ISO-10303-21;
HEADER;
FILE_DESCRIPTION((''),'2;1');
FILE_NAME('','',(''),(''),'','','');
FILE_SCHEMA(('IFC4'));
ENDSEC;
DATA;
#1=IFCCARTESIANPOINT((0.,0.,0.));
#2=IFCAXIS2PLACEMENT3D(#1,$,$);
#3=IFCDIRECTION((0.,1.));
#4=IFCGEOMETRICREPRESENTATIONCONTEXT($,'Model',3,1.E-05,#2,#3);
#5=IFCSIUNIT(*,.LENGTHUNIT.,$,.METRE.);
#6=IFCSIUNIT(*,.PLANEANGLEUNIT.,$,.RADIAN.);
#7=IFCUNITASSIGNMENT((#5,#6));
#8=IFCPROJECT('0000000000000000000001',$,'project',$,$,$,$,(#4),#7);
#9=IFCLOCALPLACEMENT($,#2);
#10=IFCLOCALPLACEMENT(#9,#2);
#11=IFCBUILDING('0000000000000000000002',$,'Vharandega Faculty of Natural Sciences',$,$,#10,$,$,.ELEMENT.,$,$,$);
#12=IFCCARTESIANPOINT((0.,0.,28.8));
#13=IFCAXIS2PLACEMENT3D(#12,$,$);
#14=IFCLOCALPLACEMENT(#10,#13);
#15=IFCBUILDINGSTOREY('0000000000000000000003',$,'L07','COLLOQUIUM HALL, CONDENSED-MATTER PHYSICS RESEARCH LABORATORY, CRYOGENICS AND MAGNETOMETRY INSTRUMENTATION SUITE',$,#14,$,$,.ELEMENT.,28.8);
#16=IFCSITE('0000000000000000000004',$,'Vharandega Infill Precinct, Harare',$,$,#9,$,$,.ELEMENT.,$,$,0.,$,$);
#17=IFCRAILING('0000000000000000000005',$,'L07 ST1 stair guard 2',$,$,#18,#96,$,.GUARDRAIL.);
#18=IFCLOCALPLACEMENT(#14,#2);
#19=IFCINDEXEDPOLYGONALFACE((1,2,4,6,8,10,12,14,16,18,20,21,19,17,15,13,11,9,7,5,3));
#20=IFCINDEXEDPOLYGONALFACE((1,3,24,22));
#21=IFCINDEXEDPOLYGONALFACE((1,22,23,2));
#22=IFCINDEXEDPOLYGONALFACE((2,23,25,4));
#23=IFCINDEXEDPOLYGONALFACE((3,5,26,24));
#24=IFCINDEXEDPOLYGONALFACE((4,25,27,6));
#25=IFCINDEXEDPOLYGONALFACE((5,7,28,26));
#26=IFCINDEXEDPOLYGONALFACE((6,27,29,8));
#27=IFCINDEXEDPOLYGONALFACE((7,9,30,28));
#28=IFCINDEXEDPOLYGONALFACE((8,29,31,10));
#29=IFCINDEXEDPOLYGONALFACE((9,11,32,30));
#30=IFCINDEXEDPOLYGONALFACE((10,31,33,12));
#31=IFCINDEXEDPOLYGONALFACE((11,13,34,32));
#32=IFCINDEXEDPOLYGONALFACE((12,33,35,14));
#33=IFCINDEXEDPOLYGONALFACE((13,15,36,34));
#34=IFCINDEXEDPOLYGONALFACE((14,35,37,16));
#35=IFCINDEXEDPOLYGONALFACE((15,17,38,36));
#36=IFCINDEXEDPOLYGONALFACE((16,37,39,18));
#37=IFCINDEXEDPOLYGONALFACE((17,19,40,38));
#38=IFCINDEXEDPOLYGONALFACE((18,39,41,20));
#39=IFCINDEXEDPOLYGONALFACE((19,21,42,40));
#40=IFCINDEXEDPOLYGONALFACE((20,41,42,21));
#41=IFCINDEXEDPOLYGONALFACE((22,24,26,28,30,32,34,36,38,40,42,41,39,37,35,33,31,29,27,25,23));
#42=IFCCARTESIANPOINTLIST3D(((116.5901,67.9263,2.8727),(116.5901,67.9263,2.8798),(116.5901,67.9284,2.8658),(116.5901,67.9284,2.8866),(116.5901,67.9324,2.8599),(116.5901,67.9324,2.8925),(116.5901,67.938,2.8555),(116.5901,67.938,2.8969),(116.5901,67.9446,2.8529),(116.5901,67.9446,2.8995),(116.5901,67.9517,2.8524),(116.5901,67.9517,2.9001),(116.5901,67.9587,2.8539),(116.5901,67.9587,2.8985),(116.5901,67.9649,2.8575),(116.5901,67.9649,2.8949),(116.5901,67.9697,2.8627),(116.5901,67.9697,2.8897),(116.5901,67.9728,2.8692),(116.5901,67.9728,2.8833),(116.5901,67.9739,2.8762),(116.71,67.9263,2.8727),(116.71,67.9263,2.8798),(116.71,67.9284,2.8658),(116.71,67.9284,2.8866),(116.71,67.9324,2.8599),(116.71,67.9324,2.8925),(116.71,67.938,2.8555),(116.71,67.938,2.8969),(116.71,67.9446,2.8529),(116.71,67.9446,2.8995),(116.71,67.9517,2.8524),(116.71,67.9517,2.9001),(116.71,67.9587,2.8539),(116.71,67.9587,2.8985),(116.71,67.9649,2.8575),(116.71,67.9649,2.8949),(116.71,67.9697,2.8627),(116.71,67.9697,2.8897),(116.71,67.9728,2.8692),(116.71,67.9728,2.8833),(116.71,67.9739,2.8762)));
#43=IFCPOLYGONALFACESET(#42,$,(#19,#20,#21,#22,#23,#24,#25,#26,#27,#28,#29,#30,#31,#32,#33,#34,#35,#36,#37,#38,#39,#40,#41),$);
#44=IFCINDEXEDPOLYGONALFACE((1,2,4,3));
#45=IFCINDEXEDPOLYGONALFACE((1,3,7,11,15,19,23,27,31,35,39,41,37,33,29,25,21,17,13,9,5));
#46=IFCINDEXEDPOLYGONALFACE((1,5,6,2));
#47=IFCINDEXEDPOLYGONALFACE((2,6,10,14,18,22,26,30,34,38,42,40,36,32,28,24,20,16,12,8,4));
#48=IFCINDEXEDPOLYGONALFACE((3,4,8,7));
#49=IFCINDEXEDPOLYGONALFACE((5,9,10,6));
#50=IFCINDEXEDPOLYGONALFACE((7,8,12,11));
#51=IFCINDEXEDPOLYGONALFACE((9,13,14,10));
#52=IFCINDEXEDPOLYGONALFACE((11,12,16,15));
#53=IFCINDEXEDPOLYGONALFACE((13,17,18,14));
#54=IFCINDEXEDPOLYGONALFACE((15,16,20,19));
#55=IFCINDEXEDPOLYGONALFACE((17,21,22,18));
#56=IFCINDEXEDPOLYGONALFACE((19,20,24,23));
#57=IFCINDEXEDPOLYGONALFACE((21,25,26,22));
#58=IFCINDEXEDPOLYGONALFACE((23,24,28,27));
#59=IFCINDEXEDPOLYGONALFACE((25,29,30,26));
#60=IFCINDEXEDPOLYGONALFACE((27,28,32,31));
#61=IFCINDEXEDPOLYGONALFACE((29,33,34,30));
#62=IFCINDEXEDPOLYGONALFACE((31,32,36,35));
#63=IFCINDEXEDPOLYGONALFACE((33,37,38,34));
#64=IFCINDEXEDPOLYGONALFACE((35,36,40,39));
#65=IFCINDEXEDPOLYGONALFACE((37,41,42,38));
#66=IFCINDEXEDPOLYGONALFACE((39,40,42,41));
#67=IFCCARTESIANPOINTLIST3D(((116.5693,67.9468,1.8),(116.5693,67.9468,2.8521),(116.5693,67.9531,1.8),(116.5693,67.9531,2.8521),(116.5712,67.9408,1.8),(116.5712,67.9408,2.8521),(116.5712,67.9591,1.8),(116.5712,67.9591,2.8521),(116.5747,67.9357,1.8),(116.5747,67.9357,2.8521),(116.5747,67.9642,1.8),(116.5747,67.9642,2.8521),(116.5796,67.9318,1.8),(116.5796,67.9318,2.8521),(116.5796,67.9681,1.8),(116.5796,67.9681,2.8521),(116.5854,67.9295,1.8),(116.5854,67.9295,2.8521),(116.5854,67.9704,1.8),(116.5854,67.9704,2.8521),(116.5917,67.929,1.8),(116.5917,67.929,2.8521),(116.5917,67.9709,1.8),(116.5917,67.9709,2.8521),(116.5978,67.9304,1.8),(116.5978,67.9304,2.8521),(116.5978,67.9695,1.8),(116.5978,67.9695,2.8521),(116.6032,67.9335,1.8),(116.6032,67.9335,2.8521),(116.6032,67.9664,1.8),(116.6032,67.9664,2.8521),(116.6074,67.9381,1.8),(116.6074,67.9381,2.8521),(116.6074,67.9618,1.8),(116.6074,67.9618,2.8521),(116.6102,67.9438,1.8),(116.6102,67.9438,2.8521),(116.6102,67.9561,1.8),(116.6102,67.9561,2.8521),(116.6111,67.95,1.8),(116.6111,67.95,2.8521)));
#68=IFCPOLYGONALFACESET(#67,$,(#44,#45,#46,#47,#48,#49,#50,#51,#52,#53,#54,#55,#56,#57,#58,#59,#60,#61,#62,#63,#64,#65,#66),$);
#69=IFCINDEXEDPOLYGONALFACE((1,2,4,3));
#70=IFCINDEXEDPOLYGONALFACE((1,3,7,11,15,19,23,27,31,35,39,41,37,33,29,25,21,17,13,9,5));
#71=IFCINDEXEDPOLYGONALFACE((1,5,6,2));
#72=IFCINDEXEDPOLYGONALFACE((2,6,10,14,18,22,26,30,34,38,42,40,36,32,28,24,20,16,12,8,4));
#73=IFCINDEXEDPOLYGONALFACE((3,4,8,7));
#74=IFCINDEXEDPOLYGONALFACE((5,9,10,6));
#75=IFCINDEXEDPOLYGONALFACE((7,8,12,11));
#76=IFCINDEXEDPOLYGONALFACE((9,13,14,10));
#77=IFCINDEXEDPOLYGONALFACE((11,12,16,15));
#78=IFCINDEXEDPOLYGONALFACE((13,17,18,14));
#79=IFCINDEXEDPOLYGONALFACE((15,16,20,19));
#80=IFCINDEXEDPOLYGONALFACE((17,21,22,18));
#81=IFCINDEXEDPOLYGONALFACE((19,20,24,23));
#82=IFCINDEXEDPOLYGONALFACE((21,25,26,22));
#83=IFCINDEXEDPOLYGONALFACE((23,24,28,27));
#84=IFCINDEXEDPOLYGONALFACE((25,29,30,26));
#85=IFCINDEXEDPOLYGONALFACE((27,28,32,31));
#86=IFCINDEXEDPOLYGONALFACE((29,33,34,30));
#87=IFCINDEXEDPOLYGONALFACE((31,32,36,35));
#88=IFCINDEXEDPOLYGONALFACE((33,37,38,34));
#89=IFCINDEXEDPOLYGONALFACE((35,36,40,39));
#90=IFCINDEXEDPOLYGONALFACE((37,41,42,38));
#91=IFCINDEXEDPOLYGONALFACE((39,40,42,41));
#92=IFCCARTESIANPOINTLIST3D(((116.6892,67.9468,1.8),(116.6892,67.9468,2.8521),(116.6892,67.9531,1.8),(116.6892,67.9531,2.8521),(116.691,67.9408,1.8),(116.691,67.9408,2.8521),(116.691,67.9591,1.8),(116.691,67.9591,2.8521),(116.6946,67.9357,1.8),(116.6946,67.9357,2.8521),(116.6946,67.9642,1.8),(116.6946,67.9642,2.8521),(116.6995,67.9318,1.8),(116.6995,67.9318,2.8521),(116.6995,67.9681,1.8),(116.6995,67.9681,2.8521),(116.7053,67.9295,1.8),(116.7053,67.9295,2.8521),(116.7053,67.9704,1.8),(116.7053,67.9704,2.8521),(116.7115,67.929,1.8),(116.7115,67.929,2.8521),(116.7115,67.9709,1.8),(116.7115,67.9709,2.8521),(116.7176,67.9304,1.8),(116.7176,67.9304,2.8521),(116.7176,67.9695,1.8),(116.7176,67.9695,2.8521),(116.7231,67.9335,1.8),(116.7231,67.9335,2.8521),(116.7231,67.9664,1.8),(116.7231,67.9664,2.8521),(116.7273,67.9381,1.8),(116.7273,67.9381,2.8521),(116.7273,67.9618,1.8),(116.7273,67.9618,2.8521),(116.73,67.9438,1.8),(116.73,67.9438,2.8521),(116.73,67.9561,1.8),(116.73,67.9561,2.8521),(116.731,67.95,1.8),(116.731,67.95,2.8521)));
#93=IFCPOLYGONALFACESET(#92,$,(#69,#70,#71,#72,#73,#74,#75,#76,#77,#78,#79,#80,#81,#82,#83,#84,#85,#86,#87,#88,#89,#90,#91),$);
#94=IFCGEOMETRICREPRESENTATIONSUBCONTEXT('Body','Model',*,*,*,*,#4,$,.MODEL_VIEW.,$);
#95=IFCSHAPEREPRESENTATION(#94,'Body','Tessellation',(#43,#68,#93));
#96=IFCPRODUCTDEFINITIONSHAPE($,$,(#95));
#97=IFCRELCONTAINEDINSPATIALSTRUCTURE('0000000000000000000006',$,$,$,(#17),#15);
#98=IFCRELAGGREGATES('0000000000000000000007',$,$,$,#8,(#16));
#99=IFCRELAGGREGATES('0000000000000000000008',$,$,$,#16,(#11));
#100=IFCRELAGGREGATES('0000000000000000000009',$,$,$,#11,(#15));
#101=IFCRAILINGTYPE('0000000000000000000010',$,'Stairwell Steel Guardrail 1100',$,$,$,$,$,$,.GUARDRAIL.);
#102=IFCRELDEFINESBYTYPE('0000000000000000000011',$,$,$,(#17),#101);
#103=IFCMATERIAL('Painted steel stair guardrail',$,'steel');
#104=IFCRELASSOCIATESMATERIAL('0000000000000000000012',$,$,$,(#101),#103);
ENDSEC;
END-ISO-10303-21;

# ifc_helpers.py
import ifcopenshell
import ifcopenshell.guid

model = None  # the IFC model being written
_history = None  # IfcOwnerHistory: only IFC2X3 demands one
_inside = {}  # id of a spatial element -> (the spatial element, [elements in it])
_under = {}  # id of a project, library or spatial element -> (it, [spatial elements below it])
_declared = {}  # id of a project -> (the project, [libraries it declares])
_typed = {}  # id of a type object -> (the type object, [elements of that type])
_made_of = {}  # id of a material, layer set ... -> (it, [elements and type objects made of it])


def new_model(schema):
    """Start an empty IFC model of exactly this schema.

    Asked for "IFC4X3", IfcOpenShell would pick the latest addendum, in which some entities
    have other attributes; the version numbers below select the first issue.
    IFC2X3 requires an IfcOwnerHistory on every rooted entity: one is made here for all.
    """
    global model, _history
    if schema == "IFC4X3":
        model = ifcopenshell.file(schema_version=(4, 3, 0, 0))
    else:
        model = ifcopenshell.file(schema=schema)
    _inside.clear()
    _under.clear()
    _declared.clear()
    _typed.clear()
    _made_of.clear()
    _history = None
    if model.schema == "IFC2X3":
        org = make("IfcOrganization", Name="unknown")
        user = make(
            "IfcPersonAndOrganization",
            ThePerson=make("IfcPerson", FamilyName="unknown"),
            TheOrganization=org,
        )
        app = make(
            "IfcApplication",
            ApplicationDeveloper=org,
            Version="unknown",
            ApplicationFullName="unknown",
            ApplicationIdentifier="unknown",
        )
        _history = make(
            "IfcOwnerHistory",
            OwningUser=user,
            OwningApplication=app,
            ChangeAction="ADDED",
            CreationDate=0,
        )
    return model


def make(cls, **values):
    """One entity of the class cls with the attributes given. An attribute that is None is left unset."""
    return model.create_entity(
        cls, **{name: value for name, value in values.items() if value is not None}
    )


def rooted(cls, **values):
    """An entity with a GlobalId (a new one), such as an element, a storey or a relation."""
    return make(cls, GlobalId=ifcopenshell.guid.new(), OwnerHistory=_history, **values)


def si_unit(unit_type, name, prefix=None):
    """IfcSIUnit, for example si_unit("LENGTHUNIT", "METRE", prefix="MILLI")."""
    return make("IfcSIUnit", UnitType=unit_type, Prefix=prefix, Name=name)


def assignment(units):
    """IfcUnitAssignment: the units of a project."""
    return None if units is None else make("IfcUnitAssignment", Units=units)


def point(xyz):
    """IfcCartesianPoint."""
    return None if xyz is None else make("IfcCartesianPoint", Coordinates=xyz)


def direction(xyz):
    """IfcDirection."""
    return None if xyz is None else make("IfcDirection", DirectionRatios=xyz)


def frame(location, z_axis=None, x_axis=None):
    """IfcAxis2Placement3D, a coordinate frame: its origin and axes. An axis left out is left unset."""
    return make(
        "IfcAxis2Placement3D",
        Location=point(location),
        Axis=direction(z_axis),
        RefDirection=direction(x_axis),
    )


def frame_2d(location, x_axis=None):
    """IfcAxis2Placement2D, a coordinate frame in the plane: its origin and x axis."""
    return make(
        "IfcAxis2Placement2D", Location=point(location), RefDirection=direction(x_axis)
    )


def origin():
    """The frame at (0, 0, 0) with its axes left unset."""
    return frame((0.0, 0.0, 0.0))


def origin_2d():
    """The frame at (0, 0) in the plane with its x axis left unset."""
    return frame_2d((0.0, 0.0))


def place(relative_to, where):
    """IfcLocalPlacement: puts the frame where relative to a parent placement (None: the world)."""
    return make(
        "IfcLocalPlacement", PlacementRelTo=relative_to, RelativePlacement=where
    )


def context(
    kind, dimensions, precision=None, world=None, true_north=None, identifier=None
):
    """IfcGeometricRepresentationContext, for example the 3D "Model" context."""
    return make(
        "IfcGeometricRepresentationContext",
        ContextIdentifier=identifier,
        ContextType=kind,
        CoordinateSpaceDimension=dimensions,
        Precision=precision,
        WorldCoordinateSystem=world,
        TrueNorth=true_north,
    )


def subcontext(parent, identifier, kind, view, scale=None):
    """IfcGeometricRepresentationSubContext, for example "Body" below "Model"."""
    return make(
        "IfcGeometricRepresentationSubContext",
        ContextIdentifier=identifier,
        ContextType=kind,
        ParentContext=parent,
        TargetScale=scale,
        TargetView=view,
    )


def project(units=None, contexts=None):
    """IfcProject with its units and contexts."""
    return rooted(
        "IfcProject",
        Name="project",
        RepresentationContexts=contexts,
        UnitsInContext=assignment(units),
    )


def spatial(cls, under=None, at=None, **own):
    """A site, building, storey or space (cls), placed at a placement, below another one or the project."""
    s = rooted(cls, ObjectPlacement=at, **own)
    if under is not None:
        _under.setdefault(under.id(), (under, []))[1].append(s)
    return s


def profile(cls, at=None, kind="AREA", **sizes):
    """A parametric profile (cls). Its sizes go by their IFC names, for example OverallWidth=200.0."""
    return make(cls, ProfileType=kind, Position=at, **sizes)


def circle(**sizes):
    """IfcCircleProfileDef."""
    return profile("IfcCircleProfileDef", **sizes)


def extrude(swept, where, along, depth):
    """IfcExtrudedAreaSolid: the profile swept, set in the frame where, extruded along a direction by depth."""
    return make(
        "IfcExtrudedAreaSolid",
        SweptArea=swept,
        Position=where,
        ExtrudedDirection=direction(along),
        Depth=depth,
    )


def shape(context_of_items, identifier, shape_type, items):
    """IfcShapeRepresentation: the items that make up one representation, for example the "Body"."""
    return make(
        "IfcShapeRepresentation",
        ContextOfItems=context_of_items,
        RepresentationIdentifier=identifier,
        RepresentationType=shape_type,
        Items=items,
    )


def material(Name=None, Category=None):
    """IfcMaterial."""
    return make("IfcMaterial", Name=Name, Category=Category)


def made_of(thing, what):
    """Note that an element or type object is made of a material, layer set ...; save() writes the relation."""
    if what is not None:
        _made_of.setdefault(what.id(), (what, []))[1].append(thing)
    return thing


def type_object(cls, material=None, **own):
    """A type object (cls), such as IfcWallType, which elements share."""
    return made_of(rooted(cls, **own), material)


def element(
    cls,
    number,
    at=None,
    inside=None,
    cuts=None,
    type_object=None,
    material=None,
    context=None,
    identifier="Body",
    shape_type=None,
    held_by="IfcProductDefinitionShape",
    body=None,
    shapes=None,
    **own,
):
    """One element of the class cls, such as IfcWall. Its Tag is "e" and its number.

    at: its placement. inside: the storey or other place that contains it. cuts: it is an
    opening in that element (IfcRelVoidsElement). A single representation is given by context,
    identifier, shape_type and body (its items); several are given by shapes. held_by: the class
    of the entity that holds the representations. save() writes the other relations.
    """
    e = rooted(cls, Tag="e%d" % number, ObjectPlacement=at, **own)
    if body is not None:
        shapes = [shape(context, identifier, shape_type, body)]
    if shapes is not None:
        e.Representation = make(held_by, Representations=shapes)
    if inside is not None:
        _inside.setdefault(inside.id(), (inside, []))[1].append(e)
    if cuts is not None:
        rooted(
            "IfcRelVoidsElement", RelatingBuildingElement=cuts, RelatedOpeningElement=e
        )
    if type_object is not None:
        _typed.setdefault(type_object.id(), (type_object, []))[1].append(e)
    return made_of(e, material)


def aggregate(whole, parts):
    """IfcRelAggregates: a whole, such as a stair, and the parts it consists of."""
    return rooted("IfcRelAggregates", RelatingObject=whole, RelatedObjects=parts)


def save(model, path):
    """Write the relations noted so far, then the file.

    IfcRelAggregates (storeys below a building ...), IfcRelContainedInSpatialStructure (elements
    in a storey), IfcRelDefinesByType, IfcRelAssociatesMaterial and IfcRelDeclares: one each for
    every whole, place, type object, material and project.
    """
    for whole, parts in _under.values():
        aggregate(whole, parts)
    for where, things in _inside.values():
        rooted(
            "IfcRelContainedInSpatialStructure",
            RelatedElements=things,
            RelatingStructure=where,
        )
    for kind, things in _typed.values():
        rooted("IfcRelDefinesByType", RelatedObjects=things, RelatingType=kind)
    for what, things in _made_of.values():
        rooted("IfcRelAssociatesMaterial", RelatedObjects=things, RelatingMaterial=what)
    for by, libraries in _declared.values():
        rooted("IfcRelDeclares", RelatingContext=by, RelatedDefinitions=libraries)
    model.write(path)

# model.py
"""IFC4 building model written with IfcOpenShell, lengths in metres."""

from ifc_helpers import new_model, si_unit, direction, frame, origin, origin_2d, place, context, subcontext, project, spatial, circle, extrude, material, type_object, element, save


model = new_model("IFC4")

# Units and contexts
model_context = context("Model", 3, precision=1e-05, world=origin(), true_north=direction((0.0, 1.0)))
body_context = subcontext(model_context, "Body", "Model", "MODEL_VIEW")
ifc_project = project(units=[si_unit("LENGTHUNIT", "METRE"), si_unit("PLANEANGLEUNIT", "RADIAN")], contexts=[model_context])

# Site, building, storey
site_placement = place(None, origin())
site = spatial("IfcSite", under=ifc_project, at=site_placement, Name="Vharandega Infill Precinct, Harare", CompositionType="ELEMENT", RefElevation=0.0)
building_placement = place(site_placement, origin())
building = spatial("IfcBuilding", under=site, at=building_placement, Name="Vharandega Faculty of Natural Sciences", CompositionType="ELEMENT")
storey_placement = place(building_placement, frame((0.0, 0.0, 28.8)))
storey = spatial("IfcBuildingStorey", under=building, at=storey_placement, Name="L07", Description="COLLOQUIUM HALL, CONDENSED-MATTER PHYSICS RESEARCH LABORATORY, CRYOGENICS AND MAGNETOMETRY INSTRUMENTATION SUITE", CompositionType="ELEMENT", Elevation=28.8)

# Railing
ifc_material_1 = material(Name="Painted steel stair guardrail", Category="steel")
railing_type_1 = type_object("IfcRailingType", Name="Stairwell Steel Guardrail 1100", PredefinedType="GUARDRAIL", material=ifc_material_1)
railing_1_placement = place(storey_placement, frame((116.5901, 67.95, 1.8)))
element("IfcRailing", 1, at=railing_1_placement, inside=storey, type_object=railing_type_1, Name="L07 ST1 stair guard 2", PredefinedType="GUARDRAIL", context=body_context, shape_type="SweptSolid", body=[
    extrude(circle(Radius=0.0239, at=origin_2d()), frame((0.0, 0.0, 1.0762), z_axis=(1.0, 0.0, 0.0), x_axis=(0.0, 1.0, 0.0)), (0.0, 0.0, 1.0), 0.1199),
    extrude(circle(Radius=0.021, at=origin_2d()), origin(), (0.0, 0.0, 1.0), 1.052),
    extrude(circle(Radius=0.021, at=origin_2d()), frame((0.1199, 0.0, 0.0)), (0.0, 0.0, 1.0), 1.052),
])

save(model, "model.ifc")
